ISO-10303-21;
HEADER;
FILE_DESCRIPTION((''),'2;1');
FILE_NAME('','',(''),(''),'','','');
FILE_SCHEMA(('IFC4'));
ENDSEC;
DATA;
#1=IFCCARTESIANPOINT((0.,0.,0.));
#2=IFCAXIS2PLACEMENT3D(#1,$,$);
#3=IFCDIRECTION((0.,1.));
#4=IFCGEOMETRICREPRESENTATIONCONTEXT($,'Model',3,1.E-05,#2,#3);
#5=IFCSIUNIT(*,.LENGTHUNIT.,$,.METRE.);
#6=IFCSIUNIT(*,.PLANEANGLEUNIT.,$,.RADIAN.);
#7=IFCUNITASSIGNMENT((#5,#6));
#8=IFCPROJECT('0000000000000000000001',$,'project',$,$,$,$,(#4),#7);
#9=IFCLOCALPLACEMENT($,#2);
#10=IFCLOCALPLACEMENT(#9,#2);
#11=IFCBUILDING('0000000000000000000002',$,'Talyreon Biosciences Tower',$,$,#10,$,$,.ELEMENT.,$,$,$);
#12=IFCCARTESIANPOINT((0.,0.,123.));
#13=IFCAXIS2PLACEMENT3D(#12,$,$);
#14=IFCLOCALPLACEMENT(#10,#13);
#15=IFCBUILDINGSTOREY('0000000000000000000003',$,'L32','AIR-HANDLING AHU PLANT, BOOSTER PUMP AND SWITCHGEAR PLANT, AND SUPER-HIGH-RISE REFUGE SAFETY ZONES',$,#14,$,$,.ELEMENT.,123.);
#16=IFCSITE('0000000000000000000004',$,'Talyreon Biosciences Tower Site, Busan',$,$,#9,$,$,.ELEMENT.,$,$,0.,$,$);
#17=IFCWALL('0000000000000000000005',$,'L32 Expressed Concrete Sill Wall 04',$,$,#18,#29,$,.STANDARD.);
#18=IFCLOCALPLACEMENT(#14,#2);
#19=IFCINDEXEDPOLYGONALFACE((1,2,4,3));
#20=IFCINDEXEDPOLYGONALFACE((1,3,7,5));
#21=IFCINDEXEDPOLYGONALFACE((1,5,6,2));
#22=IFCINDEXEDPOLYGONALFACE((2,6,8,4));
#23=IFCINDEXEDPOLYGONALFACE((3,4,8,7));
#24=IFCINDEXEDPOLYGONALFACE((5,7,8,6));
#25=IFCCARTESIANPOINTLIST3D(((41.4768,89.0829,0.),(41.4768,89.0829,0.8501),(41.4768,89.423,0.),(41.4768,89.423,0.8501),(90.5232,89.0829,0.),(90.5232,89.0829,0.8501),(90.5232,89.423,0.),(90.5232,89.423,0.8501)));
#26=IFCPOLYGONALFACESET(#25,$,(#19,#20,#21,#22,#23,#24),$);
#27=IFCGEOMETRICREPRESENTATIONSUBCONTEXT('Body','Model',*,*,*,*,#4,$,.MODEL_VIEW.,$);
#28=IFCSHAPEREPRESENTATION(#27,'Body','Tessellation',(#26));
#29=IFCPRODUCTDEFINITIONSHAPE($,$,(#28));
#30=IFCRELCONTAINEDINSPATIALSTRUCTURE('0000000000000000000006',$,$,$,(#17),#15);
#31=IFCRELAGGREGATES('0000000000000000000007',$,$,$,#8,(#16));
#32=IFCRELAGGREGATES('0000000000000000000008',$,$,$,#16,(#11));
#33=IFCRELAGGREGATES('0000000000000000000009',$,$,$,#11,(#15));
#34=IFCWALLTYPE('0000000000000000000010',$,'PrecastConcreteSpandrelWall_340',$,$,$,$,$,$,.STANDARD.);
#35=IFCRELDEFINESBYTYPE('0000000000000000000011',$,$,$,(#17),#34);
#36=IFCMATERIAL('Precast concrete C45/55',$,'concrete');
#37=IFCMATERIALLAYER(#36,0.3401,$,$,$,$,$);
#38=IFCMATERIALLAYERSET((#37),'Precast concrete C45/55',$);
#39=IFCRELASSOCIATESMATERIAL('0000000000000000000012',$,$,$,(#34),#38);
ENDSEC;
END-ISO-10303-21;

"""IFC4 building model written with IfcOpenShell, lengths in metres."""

from ifc_helpers import new_model, si_unit, direction, frame, frame_2d, origin, place, context, subcontext, project, spatial, rectangle, extrude, material, layer, layer_set, type_object, element, save


model = new_model("IFC4")

# Units and contexts
model_context = context("Model", 3, precision=1e-05, world=origin(), true_north=direction((0.0, 1.0)))
body_context = subcontext(model_context, "Body", "Model", "MODEL_VIEW")
ifc_project = project(units=[si_unit("LENGTHUNIT", "METRE"), si_unit("PLANEANGLEUNIT", "RADIAN")], contexts=[model_context])

# Site, building, storey
site_placement = place(None, origin())
site = spatial("IfcSite", under=ifc_project, at=site_placement, Name="Talyreon Biosciences Tower Site, Busan", CompositionType="ELEMENT", RefElevation=0.0)
building_placement = place(site_placement, origin())
building = spatial("IfcBuilding", under=site, at=building_placement, Name="Talyreon Biosciences Tower", CompositionType="ELEMENT")
storey_placement = place(building_placement, frame((0.0, 0.0, 123.0)))
storey = spatial("IfcBuildingStorey", under=building, at=storey_placement, Name="L32", Description="AIR-HANDLING AHU PLANT, BOOSTER PUMP AND SWITCHGEAR PLANT, AND SUPER-HIGH-RISE REFUGE SAFETY ZONES", CompositionType="ELEMENT", Elevation=123.0)

# Shared definitions
ifc_material_1 = material(Name="Precast concrete C45/55", Category="concrete")

# Wall
ifc_layer_1 = layer(ifc_material_1, 0.3401)
ifc_layer_set_1 = layer_set([ifc_layer_1], Name="Precast concrete C45/55")
wall_type_1 = type_object("IfcWallType", Name="PrecastConcreteSpandrelWall_340", PredefinedType="STANDARD", material=ifc_layer_set_1)
wall_1_placement = place(storey_placement, frame((41.4768, 89.2529, 0.0), z_axis=(0.0, 0.0, 1.0), x_axis=(1.0, 0.0, 0.0)))
element("IfcWall", 1, at=wall_1_placement, inside=storey, type_object=wall_type_1, Name="L32 Expressed Concrete Sill Wall 04", PredefinedType="STANDARD", context=body_context, shape_type="SweptSolid", body=[
    extrude(rectangle(XDim=49.0464, YDim=0.3401, at=frame_2d((24.5232, 0.0))), origin(), (0.0, 0.0, 1.0), 0.8501),
])

save(model, "model.ifc")
